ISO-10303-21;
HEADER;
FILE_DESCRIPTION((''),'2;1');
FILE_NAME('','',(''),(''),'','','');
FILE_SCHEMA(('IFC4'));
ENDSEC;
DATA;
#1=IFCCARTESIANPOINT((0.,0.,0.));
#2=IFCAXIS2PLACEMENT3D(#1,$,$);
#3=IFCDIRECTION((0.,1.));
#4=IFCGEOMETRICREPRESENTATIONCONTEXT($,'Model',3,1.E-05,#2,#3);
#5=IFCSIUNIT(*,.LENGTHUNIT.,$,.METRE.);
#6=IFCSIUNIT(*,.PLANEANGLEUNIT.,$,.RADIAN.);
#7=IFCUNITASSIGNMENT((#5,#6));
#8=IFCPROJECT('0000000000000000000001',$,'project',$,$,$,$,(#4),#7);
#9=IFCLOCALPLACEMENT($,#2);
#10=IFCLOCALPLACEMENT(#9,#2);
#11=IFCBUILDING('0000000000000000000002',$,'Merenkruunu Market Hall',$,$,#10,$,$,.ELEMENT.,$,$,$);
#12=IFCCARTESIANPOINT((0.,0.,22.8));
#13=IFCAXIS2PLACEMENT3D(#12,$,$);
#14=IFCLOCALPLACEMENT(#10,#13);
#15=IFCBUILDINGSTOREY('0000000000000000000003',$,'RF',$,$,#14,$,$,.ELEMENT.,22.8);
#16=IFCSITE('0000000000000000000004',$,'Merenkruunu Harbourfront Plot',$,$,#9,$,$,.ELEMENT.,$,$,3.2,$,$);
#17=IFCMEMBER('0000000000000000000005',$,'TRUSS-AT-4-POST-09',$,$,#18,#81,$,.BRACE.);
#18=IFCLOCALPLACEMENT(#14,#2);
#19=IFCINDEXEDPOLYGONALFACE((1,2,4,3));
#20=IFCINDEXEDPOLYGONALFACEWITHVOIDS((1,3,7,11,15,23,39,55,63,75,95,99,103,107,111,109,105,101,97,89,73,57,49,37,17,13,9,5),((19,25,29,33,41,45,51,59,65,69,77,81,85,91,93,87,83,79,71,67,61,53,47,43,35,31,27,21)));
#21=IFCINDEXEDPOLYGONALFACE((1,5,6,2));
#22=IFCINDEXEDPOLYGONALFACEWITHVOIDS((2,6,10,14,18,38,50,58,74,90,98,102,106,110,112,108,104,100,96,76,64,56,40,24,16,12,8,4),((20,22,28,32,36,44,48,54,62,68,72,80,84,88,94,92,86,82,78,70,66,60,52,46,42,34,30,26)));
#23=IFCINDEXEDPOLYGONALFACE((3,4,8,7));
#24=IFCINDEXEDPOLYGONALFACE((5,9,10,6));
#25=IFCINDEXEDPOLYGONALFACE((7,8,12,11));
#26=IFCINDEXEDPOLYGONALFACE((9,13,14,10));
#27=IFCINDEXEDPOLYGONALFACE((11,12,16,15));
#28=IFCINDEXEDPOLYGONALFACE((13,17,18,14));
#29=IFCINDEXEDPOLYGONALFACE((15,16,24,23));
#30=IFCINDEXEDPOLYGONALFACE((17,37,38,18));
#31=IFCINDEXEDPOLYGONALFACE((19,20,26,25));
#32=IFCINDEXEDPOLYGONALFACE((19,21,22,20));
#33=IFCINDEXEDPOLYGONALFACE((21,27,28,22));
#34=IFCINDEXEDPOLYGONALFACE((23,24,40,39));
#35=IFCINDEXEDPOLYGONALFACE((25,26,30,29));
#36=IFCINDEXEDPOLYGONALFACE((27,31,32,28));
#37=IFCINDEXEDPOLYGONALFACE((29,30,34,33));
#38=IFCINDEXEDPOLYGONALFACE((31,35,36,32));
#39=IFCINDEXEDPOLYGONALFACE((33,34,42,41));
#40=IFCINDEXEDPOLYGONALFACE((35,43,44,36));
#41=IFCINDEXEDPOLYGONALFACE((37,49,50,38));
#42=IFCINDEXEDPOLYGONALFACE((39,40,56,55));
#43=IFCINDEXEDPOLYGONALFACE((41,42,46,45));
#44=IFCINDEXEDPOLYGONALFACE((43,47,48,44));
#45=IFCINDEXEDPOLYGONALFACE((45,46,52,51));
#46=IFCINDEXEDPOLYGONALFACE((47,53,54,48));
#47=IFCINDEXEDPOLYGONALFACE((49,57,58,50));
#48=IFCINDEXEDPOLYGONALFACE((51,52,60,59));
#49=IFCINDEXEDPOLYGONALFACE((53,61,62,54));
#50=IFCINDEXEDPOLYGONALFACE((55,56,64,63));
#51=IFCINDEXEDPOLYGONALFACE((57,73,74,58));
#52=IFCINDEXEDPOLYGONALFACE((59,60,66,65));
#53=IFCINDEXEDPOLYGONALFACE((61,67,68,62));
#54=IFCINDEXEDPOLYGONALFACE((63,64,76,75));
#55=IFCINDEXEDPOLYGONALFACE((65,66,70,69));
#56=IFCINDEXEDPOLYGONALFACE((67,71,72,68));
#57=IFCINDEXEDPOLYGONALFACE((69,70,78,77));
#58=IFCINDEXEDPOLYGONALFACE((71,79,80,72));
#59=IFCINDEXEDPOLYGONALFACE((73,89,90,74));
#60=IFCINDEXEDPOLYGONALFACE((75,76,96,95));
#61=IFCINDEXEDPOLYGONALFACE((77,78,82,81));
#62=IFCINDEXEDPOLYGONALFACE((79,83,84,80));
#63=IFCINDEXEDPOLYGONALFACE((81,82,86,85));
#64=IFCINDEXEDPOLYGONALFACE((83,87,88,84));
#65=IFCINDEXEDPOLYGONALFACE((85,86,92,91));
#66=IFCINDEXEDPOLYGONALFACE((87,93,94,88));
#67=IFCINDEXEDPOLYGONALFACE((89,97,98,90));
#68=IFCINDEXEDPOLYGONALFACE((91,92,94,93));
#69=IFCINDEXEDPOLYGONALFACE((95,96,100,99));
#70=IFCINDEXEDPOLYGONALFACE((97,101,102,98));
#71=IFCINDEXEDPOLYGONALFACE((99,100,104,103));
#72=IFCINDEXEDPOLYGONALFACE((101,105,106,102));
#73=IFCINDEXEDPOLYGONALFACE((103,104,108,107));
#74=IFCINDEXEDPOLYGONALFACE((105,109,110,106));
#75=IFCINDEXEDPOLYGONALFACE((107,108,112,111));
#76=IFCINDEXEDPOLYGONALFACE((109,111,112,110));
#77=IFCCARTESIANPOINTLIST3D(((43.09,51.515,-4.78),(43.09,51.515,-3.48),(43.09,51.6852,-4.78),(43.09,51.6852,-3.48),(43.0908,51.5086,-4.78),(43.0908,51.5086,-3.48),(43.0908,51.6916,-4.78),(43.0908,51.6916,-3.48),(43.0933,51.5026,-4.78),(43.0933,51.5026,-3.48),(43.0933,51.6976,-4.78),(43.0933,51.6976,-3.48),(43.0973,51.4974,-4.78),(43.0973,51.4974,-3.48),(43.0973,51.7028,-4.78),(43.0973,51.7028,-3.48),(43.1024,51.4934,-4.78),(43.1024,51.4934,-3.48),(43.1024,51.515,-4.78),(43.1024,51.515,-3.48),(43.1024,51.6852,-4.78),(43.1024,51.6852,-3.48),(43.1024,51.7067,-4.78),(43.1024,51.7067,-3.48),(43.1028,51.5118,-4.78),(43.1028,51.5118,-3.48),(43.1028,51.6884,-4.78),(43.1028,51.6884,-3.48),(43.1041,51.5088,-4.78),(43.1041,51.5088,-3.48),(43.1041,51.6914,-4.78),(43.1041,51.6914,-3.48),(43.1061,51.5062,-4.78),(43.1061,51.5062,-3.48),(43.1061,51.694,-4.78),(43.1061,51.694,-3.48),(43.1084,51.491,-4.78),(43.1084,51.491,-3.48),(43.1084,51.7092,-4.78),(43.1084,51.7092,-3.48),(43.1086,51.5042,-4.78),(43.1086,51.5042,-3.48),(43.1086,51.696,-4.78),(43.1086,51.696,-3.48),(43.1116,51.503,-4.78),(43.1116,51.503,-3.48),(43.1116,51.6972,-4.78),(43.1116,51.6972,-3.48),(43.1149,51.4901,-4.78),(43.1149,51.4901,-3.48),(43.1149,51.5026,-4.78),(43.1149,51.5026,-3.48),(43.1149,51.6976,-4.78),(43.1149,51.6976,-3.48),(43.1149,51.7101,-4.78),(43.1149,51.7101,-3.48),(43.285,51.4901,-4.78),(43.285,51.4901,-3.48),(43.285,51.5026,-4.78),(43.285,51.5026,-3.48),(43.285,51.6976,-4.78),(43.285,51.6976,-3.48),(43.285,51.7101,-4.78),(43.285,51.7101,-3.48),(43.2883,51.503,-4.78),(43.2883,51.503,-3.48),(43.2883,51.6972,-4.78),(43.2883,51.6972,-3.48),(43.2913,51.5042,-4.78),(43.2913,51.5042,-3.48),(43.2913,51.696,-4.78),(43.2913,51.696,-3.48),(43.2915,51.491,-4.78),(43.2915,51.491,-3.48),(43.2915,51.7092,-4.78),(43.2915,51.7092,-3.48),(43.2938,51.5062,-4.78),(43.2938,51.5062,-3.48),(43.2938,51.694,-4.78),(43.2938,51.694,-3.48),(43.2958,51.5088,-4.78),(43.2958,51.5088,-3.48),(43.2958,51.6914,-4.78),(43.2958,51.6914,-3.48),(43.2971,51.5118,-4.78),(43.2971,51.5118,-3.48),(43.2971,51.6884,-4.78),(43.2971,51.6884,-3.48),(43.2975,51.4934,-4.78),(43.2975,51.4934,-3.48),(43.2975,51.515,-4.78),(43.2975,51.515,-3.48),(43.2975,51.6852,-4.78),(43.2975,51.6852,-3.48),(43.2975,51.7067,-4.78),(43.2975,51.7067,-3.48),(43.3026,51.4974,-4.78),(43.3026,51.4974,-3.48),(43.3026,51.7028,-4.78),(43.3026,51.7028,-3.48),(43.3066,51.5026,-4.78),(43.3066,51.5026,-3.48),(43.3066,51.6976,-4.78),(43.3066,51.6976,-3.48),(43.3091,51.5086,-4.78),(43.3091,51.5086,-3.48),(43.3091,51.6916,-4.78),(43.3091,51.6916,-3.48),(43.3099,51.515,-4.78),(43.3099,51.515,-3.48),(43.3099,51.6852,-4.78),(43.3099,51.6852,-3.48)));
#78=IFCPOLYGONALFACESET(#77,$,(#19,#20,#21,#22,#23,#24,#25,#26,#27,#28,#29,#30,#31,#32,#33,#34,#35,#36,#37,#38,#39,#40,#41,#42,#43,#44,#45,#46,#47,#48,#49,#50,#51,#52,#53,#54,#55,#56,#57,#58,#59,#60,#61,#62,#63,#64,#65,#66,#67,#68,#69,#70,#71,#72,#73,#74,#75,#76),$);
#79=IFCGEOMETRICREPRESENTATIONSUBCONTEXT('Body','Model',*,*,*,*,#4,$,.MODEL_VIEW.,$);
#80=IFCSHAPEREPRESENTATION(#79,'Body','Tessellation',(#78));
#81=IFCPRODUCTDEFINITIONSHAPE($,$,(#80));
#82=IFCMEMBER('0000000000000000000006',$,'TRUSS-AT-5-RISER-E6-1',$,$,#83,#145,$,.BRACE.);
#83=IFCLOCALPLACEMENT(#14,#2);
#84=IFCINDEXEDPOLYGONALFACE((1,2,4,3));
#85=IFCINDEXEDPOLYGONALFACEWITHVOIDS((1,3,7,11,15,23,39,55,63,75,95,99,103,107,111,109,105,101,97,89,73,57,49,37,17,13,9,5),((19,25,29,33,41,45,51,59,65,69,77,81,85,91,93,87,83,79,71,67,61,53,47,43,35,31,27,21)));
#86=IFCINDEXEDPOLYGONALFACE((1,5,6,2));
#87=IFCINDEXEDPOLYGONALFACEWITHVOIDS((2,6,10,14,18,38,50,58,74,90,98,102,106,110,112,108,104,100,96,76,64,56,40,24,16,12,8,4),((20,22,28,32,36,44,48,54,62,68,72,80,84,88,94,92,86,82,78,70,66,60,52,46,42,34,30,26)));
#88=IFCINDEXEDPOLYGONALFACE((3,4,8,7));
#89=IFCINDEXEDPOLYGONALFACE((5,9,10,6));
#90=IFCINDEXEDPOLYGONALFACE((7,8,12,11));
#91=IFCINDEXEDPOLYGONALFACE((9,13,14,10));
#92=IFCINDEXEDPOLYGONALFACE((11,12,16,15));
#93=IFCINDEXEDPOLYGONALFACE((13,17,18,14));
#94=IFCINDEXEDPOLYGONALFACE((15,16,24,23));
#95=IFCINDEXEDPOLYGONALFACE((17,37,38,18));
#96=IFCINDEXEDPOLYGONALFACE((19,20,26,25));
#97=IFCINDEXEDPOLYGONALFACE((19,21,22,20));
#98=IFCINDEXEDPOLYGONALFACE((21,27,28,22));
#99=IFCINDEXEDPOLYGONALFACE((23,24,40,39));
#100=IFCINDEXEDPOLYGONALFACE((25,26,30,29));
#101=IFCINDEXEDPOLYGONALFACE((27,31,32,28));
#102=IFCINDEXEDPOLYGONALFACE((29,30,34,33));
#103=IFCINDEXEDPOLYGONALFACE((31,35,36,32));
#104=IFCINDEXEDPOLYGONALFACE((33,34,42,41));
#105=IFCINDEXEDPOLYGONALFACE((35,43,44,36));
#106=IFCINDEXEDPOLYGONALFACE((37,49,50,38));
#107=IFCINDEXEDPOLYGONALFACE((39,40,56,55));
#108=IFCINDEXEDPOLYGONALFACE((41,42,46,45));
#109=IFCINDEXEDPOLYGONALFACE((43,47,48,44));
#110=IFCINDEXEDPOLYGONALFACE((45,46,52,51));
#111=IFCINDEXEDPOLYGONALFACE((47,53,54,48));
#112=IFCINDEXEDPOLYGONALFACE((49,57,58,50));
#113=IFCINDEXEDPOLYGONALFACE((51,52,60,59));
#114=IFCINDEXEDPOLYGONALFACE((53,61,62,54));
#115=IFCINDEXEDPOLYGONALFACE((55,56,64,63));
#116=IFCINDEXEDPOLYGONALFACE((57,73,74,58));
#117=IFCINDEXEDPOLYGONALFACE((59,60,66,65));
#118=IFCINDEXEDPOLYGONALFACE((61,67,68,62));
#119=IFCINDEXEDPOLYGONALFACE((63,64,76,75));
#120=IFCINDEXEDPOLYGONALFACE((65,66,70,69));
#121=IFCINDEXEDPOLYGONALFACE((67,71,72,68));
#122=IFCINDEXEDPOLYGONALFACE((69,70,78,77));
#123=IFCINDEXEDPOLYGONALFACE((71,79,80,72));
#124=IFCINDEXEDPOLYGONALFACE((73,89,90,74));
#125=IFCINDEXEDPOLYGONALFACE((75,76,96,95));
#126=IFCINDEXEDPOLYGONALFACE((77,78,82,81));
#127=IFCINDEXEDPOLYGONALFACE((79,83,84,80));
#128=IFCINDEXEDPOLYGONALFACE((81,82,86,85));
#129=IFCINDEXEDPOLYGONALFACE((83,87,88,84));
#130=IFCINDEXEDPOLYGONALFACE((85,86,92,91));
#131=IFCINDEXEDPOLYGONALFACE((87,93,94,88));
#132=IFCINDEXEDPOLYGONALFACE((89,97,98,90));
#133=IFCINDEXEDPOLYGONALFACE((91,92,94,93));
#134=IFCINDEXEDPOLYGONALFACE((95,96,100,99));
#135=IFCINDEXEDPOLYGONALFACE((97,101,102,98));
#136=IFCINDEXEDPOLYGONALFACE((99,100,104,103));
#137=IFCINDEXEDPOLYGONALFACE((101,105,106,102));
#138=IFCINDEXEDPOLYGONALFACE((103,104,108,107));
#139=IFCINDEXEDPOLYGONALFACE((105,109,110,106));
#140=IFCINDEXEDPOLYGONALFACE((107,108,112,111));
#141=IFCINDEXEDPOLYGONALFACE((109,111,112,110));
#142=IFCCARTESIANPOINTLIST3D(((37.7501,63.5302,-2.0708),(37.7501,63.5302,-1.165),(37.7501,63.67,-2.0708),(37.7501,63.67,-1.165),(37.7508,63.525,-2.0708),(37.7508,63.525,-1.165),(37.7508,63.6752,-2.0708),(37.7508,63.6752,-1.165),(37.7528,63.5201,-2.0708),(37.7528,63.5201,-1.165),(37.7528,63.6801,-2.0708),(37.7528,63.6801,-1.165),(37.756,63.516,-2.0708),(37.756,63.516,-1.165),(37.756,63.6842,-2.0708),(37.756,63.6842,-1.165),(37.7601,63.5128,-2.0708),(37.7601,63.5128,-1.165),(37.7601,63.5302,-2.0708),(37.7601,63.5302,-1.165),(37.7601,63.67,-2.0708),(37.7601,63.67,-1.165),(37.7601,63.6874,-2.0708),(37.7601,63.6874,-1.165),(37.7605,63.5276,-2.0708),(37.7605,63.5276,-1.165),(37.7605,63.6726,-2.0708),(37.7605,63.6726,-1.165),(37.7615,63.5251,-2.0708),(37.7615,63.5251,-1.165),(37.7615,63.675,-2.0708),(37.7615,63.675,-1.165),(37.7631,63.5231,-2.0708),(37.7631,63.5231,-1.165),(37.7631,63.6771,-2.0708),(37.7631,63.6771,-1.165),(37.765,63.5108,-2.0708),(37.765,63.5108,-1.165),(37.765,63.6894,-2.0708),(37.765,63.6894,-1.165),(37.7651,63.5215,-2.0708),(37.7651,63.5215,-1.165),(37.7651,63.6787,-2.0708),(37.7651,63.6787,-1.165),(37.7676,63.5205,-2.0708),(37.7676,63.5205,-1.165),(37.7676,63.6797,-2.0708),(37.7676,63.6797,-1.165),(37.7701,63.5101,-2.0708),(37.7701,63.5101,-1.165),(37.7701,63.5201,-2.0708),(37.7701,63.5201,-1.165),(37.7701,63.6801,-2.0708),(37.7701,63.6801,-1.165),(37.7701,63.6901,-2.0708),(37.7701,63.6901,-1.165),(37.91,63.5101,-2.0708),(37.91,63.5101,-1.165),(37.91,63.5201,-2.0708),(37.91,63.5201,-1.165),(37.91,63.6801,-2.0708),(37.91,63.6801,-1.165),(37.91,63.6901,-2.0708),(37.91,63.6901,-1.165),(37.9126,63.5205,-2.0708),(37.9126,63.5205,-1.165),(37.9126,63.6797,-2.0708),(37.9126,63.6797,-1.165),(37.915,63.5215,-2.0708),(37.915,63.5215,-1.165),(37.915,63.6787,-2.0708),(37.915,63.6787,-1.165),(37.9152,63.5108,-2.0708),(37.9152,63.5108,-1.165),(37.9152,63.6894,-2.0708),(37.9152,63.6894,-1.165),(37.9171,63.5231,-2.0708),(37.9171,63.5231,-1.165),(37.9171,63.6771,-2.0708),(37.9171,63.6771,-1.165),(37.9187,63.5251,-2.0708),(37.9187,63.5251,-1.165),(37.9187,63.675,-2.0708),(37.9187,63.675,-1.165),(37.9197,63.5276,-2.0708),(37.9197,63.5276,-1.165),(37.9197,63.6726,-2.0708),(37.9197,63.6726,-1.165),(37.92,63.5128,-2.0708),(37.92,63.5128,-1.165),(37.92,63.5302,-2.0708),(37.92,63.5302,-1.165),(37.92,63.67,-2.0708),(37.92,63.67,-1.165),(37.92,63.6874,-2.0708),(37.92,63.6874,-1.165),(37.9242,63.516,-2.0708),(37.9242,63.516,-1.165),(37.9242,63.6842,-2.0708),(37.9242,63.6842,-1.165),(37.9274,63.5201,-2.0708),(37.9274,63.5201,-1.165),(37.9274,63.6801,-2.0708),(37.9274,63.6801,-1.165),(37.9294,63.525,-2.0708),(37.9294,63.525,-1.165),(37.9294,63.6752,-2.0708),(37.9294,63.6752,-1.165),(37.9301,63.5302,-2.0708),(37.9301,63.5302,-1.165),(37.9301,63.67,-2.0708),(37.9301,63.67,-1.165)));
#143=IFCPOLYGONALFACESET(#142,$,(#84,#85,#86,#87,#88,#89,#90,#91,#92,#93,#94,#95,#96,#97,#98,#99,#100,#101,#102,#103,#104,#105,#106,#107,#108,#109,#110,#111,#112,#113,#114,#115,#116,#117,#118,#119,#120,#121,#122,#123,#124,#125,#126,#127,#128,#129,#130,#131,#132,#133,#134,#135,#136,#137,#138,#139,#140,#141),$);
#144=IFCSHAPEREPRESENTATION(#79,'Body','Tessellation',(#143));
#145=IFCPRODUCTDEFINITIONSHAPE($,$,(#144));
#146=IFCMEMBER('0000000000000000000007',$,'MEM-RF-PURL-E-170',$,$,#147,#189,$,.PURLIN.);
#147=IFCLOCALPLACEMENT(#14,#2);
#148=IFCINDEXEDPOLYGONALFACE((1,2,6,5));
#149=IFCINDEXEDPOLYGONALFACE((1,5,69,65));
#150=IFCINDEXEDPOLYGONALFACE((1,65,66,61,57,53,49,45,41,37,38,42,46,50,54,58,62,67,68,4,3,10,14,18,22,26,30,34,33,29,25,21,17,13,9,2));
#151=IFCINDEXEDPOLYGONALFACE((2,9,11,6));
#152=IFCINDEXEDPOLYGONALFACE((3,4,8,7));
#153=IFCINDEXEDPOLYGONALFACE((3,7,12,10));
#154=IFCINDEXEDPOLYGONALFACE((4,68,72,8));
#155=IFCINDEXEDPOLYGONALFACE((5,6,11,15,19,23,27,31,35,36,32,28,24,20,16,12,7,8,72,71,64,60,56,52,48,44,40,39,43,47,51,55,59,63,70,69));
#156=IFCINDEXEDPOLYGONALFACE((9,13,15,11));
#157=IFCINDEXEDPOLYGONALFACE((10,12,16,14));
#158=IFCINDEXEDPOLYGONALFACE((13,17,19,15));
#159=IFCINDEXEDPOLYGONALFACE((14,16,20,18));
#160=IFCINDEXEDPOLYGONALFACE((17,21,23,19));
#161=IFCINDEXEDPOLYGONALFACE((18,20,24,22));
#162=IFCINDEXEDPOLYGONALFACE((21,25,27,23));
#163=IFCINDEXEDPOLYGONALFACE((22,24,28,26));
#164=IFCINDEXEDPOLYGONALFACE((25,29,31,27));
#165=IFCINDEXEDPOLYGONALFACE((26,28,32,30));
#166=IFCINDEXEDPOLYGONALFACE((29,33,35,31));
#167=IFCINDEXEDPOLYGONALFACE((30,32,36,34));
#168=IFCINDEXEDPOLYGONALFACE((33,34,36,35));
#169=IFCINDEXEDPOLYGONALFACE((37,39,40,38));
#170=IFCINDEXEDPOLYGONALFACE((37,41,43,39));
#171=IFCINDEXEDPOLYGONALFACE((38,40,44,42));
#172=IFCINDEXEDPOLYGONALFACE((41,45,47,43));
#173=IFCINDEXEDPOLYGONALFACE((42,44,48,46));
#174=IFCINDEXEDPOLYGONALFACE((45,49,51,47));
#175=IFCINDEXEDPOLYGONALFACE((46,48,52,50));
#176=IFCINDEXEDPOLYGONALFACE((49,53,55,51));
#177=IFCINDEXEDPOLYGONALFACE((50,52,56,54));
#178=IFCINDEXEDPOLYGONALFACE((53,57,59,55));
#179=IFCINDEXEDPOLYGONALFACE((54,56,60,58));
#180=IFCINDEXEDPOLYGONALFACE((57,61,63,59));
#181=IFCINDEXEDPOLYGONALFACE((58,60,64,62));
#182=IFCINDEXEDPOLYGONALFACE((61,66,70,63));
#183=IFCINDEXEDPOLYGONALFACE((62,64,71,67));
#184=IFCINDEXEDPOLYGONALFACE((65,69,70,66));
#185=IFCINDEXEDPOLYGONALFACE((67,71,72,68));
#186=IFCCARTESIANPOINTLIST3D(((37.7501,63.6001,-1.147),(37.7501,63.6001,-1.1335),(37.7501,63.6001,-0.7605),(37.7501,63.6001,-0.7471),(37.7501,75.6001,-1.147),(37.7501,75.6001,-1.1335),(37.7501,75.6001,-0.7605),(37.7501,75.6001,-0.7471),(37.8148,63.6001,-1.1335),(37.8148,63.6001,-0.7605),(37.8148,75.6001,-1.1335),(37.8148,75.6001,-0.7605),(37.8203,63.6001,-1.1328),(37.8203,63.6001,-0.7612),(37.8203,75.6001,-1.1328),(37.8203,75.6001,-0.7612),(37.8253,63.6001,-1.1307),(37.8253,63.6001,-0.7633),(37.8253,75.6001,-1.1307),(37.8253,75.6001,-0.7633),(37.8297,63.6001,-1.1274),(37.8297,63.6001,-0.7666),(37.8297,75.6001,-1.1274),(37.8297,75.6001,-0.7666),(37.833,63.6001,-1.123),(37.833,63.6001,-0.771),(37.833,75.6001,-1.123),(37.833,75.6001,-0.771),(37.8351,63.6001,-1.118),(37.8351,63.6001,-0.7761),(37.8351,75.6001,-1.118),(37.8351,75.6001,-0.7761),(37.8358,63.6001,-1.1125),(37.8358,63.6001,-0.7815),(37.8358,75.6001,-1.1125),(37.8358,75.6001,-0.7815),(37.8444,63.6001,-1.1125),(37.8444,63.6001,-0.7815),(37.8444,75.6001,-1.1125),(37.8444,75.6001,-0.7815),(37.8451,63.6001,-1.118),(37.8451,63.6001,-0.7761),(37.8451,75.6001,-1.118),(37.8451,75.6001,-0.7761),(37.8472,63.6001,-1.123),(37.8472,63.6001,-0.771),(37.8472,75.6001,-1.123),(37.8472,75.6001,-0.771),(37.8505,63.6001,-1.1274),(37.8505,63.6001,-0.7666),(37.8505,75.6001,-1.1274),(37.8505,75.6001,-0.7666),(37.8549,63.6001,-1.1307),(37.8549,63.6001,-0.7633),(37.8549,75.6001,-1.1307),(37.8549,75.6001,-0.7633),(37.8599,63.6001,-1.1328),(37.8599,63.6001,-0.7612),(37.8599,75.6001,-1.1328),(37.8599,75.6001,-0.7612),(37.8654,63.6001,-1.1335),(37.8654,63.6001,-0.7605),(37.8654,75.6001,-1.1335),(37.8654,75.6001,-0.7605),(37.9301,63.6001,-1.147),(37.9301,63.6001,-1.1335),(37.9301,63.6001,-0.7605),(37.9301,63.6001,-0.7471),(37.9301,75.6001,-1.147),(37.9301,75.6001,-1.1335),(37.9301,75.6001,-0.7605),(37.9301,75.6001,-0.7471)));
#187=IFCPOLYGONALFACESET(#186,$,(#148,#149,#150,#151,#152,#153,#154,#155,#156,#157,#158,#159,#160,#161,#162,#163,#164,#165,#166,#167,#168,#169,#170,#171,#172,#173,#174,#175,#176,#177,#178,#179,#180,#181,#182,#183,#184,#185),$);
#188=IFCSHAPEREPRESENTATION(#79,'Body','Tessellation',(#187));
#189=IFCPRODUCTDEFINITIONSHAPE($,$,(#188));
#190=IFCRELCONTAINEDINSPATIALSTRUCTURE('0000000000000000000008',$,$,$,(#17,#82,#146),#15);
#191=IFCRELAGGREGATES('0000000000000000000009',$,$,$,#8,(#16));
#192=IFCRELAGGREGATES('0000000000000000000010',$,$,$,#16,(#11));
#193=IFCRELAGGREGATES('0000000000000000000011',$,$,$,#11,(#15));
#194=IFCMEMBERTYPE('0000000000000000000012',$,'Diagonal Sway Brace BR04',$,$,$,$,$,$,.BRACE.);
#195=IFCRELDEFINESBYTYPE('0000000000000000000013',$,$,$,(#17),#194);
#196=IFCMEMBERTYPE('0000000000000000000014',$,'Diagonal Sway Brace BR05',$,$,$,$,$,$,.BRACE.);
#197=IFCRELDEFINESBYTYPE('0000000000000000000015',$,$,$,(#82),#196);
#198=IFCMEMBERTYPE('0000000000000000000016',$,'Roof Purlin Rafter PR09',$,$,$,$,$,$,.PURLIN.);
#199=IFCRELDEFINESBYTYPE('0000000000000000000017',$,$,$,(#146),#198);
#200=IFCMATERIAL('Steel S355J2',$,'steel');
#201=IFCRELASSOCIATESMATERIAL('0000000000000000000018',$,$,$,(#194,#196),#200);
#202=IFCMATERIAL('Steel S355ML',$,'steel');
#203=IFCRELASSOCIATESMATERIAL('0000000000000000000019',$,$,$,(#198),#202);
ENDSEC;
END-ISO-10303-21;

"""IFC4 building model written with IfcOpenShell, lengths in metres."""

from ifc_helpers import new_model, si_unit, direction, frame, origin, origin_2d, place, context, subcontext, project, spatial, hollow_rectangle, i_section, extrude, material, material_profile, profile_set, type_object, element, save


model = new_model("IFC4")

# Units and contexts
model_context = context("Model", 3, precision=1e-05, world=origin(), true_north=direction((0.0, 1.0)))
body_context = subcontext(model_context, "Body", "Model", "MODEL_VIEW")
ifc_project = project(units=[si_unit("LENGTHUNIT", "METRE"), si_unit("PLANEANGLEUNIT", "RADIAN")], contexts=[model_context])

# Site, building, storey
site_placement = place(None, origin())
site = spatial("IfcSite", under=ifc_project, at=site_placement, Name="Merenkruunu Harbourfront Plot", CompositionType="ELEMENT", RefElevation=3.2)
building_placement = place(site_placement, origin())
building = spatial("IfcBuilding", under=site, at=building_placement, Name="Merenkruunu Market Hall", CompositionType="ELEMENT")
storey_placement = place(building_placement, frame((0.0, 0.0, 22.8)))
storey = spatial("IfcBuildingStorey", under=building, at=storey_placement, Name="RF", CompositionType="ELEMENT", Elevation=22.8)

# Shared definitions
ifc_material_1 = material(Name="Steel S355ML", Category="steel")

# Members
ifc_material_2 = material(Name="Steel S355J2", Category="steel")
ifc_material_profile_1 = material_profile(ifc_material_2, hollow_rectangle(XDim=0.22, YDim=0.22, WallThickness=0.0125, InnerFilletRadius=0.0125, OuterFilletRadius=0.0249, at=origin_2d()), Name="SHS 220x220x12.5")
ifc_profile_set_1 = profile_set([ifc_material_profile_1], Name="Steel S355J2")
member_type_1 = type_object("IfcMemberType", Name="Diagonal Sway Brace BR04", PredefinedType="BRACE", material=ifc_profile_set_1)
member_1_placement = place(storey_placement, frame((43.2, 51.6001, -4.78), z_axis=(0.0, 0.0, 1.0), x_axis=(1.0, 0.0, 0.0)))
element("IfcMember", 1, at=member_1_placement, inside=storey, type_object=member_type_1, Name="TRUSS-AT-4-POST-09", PredefinedType="BRACE", context=body_context, shape_type="SweptSolid", body=[
    extrude(hollow_rectangle(XDim=0.22, YDim=0.22, WallThickness=0.0125, InnerFilletRadius=0.0125, OuterFilletRadius=0.0249, at=origin_2d()), origin(), (0.0, 0.0, 1.0), 1.3),
])
ifc_material_profile_2 = material_profile(ifc_material_2, hollow_rectangle(XDim=0.1799, YDim=0.1799, WallThickness=0.01, InnerFilletRadius=0.01, OuterFilletRadius=0.02, at=origin_2d()), Name="SHS 180x180x10")
ifc_profile_set_2 = profile_set([ifc_material_profile_2], Name="Steel S355J2")
member_type_2 = type_object("IfcMemberType", Name="Diagonal Sway Brace BR05", PredefinedType="BRACE", material=ifc_profile_set_2)
member_2_placement = place(storey_placement, frame((37.8401, 63.6001, -2.0708), z_axis=(0.0, 0.0, 1.0), x_axis=(1.0, 0.0, 0.0)))
element("IfcMember", 2, at=member_2_placement, inside=storey, type_object=member_type_2, Name="TRUSS-AT-5-RISER-E6-1", PredefinedType="BRACE", context=body_context, shape_type="SweptSolid", body=[
    extrude(hollow_rectangle(XDim=0.1799, YDim=0.1799, WallThickness=0.01, InnerFilletRadius=0.01, OuterFilletRadius=0.02, at=origin_2d()), origin(), (0.0, 0.0, 1.0), 0.9058),
])
ifc_material_profile_3 = material_profile(ifc_material_1, i_section(OverallWidth=0.1799, OverallDepth=0.3999, WebThickness=0.0085, FlangeThickness=0.0134, FilletRadius=0.021, at=origin_2d()), Name="IPE 400")
ifc_profile_set_3 = profile_set([ifc_material_profile_3], Name="Steel S355ML")
member_type_3 = type_object("IfcMemberType", Name="Roof Purlin Rafter PR09", PredefinedType="PURLIN", material=ifc_profile_set_3)
member_3_placement = place(storey_placement, frame((37.8401, 63.6001, -0.947), z_axis=(0.0, 1.0, 0.0), x_axis=(-1.0, 0.0, 0.0)))
element("IfcMember", 3, at=member_3_placement, inside=storey, type_object=member_type_3, Name="MEM-RF-PURL-E-170", PredefinedType="PURLIN", context=body_context, shape_type="SweptSolid", body=[
    extrude(i_section(OverallWidth=0.1799, OverallDepth=0.3999, WebThickness=0.0085, FlangeThickness=0.0134, FilletRadius=0.021, at=origin_2d()), origin(), (0.0, 0.0, 1.0), 12.0),
])

save(model, "model.ifc")
